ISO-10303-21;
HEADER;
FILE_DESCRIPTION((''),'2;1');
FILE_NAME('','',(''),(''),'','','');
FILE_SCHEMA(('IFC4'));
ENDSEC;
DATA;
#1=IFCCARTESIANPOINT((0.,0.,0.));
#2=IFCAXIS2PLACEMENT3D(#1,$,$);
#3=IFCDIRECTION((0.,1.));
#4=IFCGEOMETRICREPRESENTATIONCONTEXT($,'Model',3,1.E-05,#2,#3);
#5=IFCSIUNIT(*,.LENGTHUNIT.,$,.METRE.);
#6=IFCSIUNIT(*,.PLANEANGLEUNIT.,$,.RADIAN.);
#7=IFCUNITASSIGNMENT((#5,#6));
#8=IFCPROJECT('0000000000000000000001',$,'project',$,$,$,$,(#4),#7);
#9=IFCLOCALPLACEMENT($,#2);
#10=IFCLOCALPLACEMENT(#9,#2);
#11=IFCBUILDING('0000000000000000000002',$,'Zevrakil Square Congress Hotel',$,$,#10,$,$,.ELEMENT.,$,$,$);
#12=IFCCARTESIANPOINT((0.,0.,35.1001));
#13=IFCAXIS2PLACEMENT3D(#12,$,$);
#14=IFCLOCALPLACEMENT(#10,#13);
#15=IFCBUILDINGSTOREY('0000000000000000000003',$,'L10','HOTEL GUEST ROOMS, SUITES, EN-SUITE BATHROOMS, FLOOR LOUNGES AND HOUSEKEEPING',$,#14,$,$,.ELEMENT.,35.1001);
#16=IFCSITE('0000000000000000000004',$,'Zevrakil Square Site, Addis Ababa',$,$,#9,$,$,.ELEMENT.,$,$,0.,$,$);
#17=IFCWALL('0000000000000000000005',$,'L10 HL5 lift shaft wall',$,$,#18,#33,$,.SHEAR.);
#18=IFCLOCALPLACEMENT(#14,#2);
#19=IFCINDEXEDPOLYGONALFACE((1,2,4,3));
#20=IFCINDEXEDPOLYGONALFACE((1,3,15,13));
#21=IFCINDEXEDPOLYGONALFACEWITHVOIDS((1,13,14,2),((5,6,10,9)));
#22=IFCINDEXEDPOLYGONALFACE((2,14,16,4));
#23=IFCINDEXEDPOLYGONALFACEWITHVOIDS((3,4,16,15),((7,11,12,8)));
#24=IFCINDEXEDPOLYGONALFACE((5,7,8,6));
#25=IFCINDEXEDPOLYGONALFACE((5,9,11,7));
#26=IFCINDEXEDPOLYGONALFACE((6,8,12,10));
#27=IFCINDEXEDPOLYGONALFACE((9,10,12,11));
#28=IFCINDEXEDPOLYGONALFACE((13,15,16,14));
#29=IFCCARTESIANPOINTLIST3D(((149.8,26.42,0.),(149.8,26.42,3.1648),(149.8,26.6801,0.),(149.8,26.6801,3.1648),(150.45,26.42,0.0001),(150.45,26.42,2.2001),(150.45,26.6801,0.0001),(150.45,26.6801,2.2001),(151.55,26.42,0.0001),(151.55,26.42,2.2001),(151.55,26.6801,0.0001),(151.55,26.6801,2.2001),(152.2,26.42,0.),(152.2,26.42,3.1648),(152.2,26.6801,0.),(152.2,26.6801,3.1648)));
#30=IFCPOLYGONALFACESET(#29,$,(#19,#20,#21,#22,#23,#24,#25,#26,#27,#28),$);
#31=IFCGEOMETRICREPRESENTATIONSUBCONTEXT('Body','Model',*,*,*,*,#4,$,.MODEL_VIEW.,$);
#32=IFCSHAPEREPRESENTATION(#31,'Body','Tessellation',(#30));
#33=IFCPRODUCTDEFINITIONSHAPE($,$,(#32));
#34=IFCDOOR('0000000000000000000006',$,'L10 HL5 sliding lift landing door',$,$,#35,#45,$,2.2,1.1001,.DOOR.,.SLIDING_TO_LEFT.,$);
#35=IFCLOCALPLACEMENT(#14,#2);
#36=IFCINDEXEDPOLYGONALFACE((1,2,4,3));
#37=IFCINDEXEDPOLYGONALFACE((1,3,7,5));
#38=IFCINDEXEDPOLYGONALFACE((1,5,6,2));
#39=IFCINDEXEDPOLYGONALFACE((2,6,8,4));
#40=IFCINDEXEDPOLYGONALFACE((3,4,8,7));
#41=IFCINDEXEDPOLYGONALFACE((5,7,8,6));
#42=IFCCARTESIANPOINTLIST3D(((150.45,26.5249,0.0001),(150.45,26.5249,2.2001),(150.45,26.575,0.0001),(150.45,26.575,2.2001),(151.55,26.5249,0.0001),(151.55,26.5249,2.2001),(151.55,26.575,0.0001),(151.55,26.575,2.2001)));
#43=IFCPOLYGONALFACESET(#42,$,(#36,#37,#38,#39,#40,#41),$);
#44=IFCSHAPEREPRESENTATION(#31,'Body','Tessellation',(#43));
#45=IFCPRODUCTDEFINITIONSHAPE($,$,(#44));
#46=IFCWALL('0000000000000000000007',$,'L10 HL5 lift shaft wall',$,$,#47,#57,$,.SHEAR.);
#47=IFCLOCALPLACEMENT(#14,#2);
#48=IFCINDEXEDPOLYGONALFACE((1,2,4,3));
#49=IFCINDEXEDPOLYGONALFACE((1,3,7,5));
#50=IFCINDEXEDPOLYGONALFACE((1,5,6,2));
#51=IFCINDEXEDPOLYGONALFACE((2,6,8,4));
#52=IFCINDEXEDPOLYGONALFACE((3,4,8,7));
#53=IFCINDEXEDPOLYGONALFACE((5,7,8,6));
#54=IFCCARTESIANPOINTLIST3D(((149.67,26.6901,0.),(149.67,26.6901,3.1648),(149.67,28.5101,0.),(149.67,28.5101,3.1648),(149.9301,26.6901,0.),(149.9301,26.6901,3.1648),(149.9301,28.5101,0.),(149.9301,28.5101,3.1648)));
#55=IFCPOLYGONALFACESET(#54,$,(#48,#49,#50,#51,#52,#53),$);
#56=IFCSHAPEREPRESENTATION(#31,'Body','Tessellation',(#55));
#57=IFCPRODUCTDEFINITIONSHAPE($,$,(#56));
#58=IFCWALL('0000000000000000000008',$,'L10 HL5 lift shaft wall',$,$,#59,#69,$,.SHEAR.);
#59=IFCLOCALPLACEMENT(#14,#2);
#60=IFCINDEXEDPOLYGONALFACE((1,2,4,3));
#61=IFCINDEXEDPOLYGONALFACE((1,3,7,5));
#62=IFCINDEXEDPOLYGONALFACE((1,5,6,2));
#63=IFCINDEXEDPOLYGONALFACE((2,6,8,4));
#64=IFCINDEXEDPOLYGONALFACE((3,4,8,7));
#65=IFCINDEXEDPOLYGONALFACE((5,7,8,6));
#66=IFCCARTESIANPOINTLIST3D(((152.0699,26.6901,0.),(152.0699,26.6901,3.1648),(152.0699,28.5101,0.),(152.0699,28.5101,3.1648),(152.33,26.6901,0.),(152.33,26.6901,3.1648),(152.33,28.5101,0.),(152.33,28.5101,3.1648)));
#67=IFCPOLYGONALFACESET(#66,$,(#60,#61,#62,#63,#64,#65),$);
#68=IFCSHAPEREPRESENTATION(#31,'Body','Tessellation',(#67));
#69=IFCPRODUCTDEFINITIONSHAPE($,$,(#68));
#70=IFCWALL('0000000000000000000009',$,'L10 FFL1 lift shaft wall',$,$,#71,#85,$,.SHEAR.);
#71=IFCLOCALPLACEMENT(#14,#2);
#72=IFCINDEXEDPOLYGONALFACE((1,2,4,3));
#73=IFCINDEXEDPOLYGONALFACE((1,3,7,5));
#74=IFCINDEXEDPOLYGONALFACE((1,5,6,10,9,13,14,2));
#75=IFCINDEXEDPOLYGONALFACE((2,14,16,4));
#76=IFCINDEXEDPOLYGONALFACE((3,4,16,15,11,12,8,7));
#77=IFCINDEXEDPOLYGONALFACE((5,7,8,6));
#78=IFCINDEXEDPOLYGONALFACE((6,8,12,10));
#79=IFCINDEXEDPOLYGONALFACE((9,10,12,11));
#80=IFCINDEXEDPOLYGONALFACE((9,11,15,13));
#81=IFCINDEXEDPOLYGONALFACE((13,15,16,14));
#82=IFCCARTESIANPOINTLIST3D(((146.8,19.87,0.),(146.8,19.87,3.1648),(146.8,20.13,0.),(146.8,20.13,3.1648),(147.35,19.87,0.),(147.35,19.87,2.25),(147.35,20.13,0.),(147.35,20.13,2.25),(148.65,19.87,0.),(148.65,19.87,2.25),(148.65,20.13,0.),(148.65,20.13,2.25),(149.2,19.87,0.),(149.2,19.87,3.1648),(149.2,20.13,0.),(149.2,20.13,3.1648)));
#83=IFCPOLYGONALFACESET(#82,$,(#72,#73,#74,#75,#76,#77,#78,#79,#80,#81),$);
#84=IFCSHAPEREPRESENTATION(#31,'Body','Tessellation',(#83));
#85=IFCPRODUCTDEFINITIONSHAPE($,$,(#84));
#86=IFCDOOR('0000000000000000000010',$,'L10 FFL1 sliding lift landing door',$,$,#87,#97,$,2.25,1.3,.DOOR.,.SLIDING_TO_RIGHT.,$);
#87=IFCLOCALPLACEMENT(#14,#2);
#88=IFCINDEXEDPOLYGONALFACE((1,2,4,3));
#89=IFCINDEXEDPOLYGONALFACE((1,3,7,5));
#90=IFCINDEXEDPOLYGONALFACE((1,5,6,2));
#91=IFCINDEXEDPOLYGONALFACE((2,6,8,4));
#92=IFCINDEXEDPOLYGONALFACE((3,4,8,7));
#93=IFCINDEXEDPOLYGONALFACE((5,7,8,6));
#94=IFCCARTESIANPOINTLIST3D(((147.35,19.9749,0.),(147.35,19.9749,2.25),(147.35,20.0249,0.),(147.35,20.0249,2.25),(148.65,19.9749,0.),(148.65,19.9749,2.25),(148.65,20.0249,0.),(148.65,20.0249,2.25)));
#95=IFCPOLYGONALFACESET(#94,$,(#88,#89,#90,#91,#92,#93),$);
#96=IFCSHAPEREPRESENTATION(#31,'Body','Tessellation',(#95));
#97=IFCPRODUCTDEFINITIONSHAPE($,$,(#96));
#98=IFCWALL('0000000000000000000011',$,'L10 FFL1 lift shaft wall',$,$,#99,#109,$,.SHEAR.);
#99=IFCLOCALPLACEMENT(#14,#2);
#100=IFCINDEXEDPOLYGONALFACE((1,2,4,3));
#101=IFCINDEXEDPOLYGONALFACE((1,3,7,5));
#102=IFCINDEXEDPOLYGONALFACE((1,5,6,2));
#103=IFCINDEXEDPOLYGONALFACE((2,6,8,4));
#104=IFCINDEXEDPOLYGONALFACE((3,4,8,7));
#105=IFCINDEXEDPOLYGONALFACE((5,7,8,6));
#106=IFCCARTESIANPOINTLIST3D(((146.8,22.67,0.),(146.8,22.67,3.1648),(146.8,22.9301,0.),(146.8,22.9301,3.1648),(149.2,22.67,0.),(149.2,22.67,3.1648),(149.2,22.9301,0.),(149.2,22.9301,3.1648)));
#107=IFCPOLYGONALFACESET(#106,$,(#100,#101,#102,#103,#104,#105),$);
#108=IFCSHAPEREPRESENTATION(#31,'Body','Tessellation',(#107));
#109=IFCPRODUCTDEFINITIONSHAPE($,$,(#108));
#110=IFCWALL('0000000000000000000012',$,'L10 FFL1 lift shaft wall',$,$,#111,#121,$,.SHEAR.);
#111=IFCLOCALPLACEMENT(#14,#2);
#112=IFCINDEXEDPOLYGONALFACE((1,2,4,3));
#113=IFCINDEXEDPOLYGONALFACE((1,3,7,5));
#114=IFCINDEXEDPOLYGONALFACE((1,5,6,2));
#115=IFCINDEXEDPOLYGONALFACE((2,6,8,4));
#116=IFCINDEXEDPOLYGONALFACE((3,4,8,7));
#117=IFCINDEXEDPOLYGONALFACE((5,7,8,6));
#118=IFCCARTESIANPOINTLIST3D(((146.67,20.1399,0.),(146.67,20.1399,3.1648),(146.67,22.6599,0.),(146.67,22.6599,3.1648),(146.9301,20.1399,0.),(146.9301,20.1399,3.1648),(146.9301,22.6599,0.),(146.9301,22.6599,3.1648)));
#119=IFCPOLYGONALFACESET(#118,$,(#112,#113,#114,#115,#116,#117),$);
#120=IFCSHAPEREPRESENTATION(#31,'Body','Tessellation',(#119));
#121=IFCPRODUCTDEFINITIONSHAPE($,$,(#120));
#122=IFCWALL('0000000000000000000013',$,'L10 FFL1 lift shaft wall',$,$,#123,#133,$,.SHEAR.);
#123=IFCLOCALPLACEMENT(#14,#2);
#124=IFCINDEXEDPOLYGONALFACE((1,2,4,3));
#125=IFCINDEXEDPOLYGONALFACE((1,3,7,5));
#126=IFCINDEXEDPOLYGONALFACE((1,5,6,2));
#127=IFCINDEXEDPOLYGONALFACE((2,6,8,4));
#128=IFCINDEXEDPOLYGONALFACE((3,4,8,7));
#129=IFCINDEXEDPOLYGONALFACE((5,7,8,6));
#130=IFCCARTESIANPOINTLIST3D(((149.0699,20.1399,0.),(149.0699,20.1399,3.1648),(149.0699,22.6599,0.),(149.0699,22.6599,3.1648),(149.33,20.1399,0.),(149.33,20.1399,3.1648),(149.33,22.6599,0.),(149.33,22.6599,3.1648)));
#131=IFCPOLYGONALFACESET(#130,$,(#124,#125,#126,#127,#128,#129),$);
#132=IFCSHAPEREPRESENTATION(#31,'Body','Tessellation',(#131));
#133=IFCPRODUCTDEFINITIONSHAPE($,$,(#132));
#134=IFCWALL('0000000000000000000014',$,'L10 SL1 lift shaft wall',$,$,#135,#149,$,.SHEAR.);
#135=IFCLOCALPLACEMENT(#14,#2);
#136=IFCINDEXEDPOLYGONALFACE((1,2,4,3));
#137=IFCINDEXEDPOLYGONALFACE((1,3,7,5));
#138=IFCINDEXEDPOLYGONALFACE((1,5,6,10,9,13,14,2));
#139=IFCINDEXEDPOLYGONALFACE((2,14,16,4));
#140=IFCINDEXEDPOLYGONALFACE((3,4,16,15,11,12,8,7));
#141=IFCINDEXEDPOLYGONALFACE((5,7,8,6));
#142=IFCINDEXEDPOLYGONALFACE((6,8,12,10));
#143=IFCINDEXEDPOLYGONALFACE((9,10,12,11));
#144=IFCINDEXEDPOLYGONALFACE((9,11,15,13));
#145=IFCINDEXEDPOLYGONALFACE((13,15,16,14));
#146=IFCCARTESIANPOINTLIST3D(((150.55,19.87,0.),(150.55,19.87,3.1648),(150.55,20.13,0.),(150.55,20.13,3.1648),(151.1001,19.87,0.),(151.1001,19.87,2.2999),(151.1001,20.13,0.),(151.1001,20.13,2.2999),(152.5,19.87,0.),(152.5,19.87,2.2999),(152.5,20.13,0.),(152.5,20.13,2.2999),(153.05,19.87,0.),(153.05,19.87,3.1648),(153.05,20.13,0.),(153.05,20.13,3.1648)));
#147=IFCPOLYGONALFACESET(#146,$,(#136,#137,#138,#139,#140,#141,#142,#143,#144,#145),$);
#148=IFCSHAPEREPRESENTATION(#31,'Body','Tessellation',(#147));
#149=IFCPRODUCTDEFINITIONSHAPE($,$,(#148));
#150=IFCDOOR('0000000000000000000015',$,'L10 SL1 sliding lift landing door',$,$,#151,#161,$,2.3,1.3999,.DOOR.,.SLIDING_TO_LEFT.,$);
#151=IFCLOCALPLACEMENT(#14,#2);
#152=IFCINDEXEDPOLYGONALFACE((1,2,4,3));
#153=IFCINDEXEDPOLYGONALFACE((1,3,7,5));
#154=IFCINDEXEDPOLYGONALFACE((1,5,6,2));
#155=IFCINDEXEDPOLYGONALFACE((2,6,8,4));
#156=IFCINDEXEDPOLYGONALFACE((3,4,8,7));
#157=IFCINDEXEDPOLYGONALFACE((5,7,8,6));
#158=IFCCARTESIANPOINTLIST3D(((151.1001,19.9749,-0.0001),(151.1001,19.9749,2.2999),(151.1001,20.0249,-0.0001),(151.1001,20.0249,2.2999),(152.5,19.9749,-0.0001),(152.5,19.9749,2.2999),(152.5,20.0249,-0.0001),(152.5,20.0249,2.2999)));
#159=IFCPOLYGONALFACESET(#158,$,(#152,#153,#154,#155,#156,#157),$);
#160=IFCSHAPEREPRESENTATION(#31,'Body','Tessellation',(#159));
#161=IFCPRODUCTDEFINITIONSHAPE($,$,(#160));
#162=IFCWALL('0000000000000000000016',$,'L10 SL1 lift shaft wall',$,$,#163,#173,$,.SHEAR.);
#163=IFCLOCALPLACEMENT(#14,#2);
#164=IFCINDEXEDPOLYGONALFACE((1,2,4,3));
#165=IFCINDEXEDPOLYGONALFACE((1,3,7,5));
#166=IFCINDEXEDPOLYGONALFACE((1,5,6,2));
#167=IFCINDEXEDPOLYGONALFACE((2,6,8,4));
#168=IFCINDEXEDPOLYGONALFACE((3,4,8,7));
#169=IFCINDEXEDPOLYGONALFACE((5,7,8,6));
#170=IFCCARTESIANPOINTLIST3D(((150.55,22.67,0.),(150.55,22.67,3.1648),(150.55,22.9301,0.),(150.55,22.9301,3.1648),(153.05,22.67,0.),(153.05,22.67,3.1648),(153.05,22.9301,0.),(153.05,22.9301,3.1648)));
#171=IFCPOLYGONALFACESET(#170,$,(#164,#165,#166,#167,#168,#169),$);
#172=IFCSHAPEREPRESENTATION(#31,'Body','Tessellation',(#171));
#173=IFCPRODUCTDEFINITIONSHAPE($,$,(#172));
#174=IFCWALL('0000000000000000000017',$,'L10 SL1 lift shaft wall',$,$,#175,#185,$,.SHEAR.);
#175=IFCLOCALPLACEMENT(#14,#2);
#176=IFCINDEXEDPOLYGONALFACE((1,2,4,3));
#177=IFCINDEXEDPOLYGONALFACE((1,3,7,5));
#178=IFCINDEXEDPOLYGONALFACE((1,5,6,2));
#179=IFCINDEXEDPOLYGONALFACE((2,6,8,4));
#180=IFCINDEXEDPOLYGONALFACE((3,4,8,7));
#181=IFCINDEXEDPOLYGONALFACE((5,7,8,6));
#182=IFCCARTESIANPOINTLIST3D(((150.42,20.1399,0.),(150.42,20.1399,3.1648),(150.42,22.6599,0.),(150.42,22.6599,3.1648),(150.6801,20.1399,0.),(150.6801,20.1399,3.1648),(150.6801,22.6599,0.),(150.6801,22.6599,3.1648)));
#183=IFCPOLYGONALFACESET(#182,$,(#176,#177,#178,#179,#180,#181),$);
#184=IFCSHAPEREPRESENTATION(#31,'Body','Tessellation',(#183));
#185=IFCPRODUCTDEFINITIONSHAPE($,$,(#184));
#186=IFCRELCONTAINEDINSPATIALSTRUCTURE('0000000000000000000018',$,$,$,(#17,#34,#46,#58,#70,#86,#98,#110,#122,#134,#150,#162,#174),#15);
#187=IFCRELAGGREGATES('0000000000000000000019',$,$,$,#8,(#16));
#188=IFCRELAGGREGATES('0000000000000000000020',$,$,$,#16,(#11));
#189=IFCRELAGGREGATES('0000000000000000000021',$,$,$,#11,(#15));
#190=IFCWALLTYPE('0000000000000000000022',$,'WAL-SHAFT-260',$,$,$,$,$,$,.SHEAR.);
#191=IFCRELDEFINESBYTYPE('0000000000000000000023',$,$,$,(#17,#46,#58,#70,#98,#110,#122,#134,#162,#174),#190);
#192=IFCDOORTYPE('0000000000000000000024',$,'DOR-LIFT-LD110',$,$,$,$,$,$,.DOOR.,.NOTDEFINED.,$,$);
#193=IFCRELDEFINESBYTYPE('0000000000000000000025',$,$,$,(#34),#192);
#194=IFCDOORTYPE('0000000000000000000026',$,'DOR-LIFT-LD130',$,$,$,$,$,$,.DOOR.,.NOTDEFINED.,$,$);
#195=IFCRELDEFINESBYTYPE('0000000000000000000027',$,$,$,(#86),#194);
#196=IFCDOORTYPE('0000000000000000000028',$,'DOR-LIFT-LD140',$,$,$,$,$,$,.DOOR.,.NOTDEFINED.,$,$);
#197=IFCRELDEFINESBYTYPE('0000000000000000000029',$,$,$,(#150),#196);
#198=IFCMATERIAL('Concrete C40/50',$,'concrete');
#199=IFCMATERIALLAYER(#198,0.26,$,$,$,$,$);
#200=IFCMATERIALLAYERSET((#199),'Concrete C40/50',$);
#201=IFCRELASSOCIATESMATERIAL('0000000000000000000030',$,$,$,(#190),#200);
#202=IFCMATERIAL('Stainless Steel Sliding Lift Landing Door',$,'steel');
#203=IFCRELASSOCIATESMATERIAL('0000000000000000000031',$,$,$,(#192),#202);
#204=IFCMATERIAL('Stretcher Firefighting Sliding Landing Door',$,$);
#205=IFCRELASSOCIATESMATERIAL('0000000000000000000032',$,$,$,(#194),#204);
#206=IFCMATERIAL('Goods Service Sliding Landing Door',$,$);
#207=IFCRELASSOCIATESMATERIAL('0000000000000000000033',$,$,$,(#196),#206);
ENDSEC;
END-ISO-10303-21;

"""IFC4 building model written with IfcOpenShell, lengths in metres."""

from ifc_helpers import new_model, si_unit, direction, frame, frame_2d, origin, place, context, subcontext, project, spatial, rectangle, extrude, material, layer, layer_set, type_object, element, fill, save


model = new_model("IFC4")

# Units and contexts
model_context = context("Model", 3, precision=1e-05, world=origin(), true_north=direction((0.0, 1.0)))
body_context = subcontext(model_context, "Body", "Model", "MODEL_VIEW")
ifc_project = project(units=[si_unit("LENGTHUNIT", "METRE"), si_unit("PLANEANGLEUNIT", "RADIAN")], contexts=[model_context])

# Site, building, storey
site_placement = place(None, origin())
site = spatial("IfcSite", under=ifc_project, at=site_placement, Name="Zevrakil Square Site, Addis Ababa", CompositionType="ELEMENT", RefElevation=0.0)
building_placement = place(site_placement, origin())
building = spatial("IfcBuilding", under=site, at=building_placement, Name="Zevrakil Square Congress Hotel", CompositionType="ELEMENT")
storey_placement = place(building_placement, frame((0.0, 0.0, 35.1001)))
storey = spatial("IfcBuildingStorey", under=building, at=storey_placement, Name="L10", Description="HOTEL GUEST ROOMS, SUITES, EN-SUITE BATHROOMS, FLOOR LOUNGES AND HOUSEKEEPING", CompositionType="ELEMENT", Elevation=35.1001)

# Shared definitions
ifc_material_1 = material(Name="Concrete C40/50", Category="concrete")
ifc_layer_1 = layer(ifc_material_1, 0.26)
ifc_layer_set_1 = layer_set([ifc_layer_1], Name="Concrete C40/50")
wall_type_1 = type_object("IfcWallType", Name="WAL-SHAFT-260", PredefinedType="SHEAR", material=ifc_layer_set_1)

# Shared definitions
ifc_material_2 = material(Name="Stainless Steel Sliding Lift Landing Door", Category="steel")
door_type_1 = type_object("IfcDoorType", Name="DOR-LIFT-LD110", OperationType="NOTDEFINED", PredefinedType="DOOR", material=ifc_material_2)

# Wall, opening, door
wall_1_placement = place(storey_placement, frame((149.8, 26.55, 0.0), z_axis=(0.0, 0.0, 1.0), x_axis=(1.0, 0.0, 0.0)))
wall_1 = element("IfcWall", 1, at=wall_1_placement, inside=storey, type_object=wall_type_1, Name="L10 HL5 lift shaft wall", PredefinedType="SHEAR", context=body_context, shape_type="SweptSolid", body=[
    extrude(rectangle(XDim=2.3999, YDim=0.26, at=frame_2d((1.2, 0.0))), origin(), (0.0, 0.0, 1.0), 3.1648),
])
opening_1_placement = place(wall_1_placement, frame((0.6499, 0.0, 0.0)))
opening_1 = element("IfcOpeningElement", 2, at=opening_1_placement, cuts=wall_1, PredefinedType="OPENING", context=body_context, shape_type="SweptSolid", body=[
    extrude(rectangle(XDim=1.1001, YDim=2.2, at=frame_2d((0.55, 1.1001))), frame((0.0, 0.1401, 0.0), z_axis=(0.0, -1.0, 0.0), x_axis=(1.0, 0.0, 0.0)), (0.0, 0.0, 1.0), 0.28),
])
door_1_placement = place(opening_1_placement, origin())
door_1 = element("IfcDoor", 3, at=door_1_placement, inside=storey, type_object=door_type_1, Name="L10 HL5 sliding lift landing door", OperationType="SLIDING_TO_LEFT", OverallHeight=2.2, OverallWidth=1.1001, PredefinedType="DOOR", context=body_context, shape_type="SweptSolid", body=[
    extrude(rectangle(XDim=1.1001, YDim=2.2, at=frame_2d((0.55, 1.1001))), frame((0.0, 0.0249, 0.0), z_axis=(0.0, -1.0, 0.0), x_axis=(1.0, 0.0, 0.0)), (0.0, 0.0, 1.0), 0.05),
])
fill(opening_1, door_1)

# Walls
for number, where, z_axis, x_axis, name in (
    (4, (149.8, 26.6899, 0.0), (0.0, 0.0, 1.0), (0.0, 1.0, 0.0), "L10 HL5 lift shaft wall"),
    (5, (152.2, 26.6899, 0.0), (0.0, 0.0, 1.0), (0.0, 1.0, 0.0), "L10 HL5 lift shaft wall"),
):
    element("IfcWall", number, at=place(storey_placement, frame(where, z_axis=z_axis, x_axis=x_axis)), inside=storey, type_object=wall_type_1, Name=name, PredefinedType="SHEAR", context=body_context, shape_type="SweptSolid", body=[
        extrude(rectangle(XDim=1.8201, YDim=0.26, at=frame_2d((0.9102, 0.0))), origin(), (0.0, 0.0, 1.0), 3.1648),
    ])

# Wall, opening, door
wall_2_placement = place(storey_placement, frame((146.8, 20.0, 0.0), z_axis=(0.0, 0.0, 1.0), x_axis=(1.0, 0.0, 0.0)))
wall_2 = element("IfcWall", 6, at=wall_2_placement, inside=storey, type_object=wall_type_1, Name="L10 FFL1 lift shaft wall", PredefinedType="SHEAR", context=body_context, shape_type="SweptSolid", body=[
    extrude(rectangle(XDim=2.3999, YDim=0.26, at=frame_2d((1.2, 0.0))), origin(), (0.0, 0.0, 1.0), 3.1648),
])
opening_2_placement = place(wall_2_placement, frame((0.55, 0.0, 0.0)))
opening_2 = element("IfcOpeningElement", 7, at=opening_2_placement, cuts=wall_2, PredefinedType="OPENING", context=body_context, shape_type="SweptSolid", body=[
    extrude(rectangle(XDim=1.3, YDim=2.25, at=frame_2d((0.6499, 1.125))), frame((0.0, 0.1401, 0.0), z_axis=(0.0, -1.0, 0.0), x_axis=(1.0, 0.0, 0.0)), (0.0, 0.0, 1.0), 0.28),
])
ifc_material_3 = material(Name="Stretcher Firefighting Sliding Landing Door")
door_type_2 = type_object("IfcDoorType", Name="DOR-LIFT-LD130", OperationType="NOTDEFINED", PredefinedType="DOOR", material=ifc_material_3)
door_2_placement = place(opening_2_placement, origin())
door_2 = element("IfcDoor", 8, at=door_2_placement, inside=storey, type_object=door_type_2, Name="L10 FFL1 sliding lift landing door", OperationType="SLIDING_TO_RIGHT", OverallHeight=2.25, OverallWidth=1.3, PredefinedType="DOOR", context=body_context, shape_type="SweptSolid", body=[
    extrude(rectangle(XDim=1.3, YDim=2.25, at=frame_2d((0.6499, 1.125))), frame((0.0, 0.0249, 0.0), z_axis=(0.0, -1.0, 0.0), x_axis=(1.0, 0.0, 0.0)), (0.0, 0.0, 1.0), 0.05),
])
fill(opening_2, door_2)

# Walls
wall_3_placement = place(storey_placement, frame((146.8, 22.8, 0.0), z_axis=(0.0, 0.0, 1.0), x_axis=(1.0, 0.0, 0.0)))
element("IfcWall", 9, at=wall_3_placement, inside=storey, type_object=wall_type_1, Name="L10 FFL1 lift shaft wall", PredefinedType="SHEAR", context=body_context, shape_type="SweptSolid", body=[
    extrude(rectangle(XDim=2.3999, YDim=0.26, at=frame_2d((1.2, 0.0))), origin(), (0.0, 0.0, 1.0), 3.1648),
])
for number, where, z_axis, x_axis, name in (
    (10, (146.8, 20.1399, 0.0), (0.0, 0.0, 1.0), (0.0, 1.0, 0.0), "L10 FFL1 lift shaft wall"),
    (11, (149.2, 20.1399, 0.0), (0.0, 0.0, 1.0), (0.0, 1.0, 0.0), "L10 FFL1 lift shaft wall"),
):
    element("IfcWall", number, at=place(storey_placement, frame(where, z_axis=z_axis, x_axis=x_axis)), inside=storey, type_object=wall_type_1, Name=name, PredefinedType="SHEAR", context=body_context, shape_type="SweptSolid", body=[
        extrude(rectangle(XDim=2.52, YDim=0.26, at=frame_2d((1.26, 0.0))), origin(), (0.0, 0.0, 1.0), 3.1648),
    ])

# Wall, opening, door
wall_4_placement = place(storey_placement, frame((150.55, 20.0, 0.0), z_axis=(0.0, 0.0, 1.0), x_axis=(1.0, 0.0, 0.0)))
wall_4 = element("IfcWall", 12, at=wall_4_placement, inside=storey, type_object=wall_type_1, Name="L10 SL1 lift shaft wall", PredefinedType="SHEAR", context=body_context, shape_type="SweptSolid", body=[
    extrude(rectangle(XDim=2.5, YDim=0.26, at=frame_2d((1.25, 0.0))), origin(), (0.0, 0.0, 1.0), 3.1648),
])
opening_3_placement = place(wall_4_placement, frame((0.55, 0.0, 0.0)))
opening_3 = element("IfcOpeningElement", 13, at=opening_3_placement, cuts=wall_4, PredefinedType="OPENING", context=body_context, shape_type="SweptSolid", body=[
    extrude(rectangle(XDim=1.3999, YDim=2.3, at=frame_2d((0.7, 1.1499))), frame((0.0, 0.1401, 0.0), z_axis=(0.0, -1.0, 0.0), x_axis=(1.0, 0.0, 0.0)), (0.0, 0.0, 1.0), 0.28),
])
ifc_material_4 = material(Name="Goods Service Sliding Landing Door")
door_type_3 = type_object("IfcDoorType", Name="DOR-LIFT-LD140", OperationType="NOTDEFINED", PredefinedType="DOOR", material=ifc_material_4)
door_3_placement = place(opening_3_placement, origin())
door_3 = element("IfcDoor", 14, at=door_3_placement, inside=storey, type_object=door_type_3, Name="L10 SL1 sliding lift landing door", OperationType="SLIDING_TO_LEFT", OverallHeight=2.3, OverallWidth=1.3999, PredefinedType="DOOR", context=body_context, shape_type="SweptSolid", body=[
    extrude(rectangle(XDim=1.3999, YDim=2.3, at=frame_2d((0.7, 1.1499))), frame((0.0, 0.0249, 0.0), z_axis=(0.0, -1.0, 0.0), x_axis=(1.0, 0.0, 0.0)), (0.0, 0.0, 1.0), 0.05),
])
fill(opening_3, door_3)

# Walls
wall_5_placement = place(storey_placement, frame((150.55, 22.8, 0.0), z_axis=(0.0, 0.0, 1.0), x_axis=(1.0, 0.0, 0.0)))
element("IfcWall", 15, at=wall_5_placement, inside=storey, type_object=wall_type_1, Name="L10 SL1 lift shaft wall", PredefinedType="SHEAR", context=body_context, shape_type="SweptSolid", body=[
    extrude(rectangle(XDim=2.5, YDim=0.26, at=frame_2d((1.25, 0.0))), origin(), (0.0, 0.0, 1.0), 3.1648),
])
for number, where, z_axis, x_axis, name in (
    (16, (150.55, 20.1399, 0.0), (0.0, 0.0, 1.0), (0.0, 1.0, 0.0), "L10 SL1 lift shaft wall"),
):
    element("IfcWall", number, at=place(storey_placement, frame(where, z_axis=z_axis, x_axis=x_axis)), inside=storey, type_object=wall_type_1, Name=name, PredefinedType="SHEAR", context=body_context, shape_type="SweptSolid", body=[
        extrude(rectangle(XDim=2.52, YDim=0.26, at=frame_2d((1.26, 0.0))), origin(), (0.0, 0.0, 1.0), 3.1648),
    ])

save(model, "model.ifc")
